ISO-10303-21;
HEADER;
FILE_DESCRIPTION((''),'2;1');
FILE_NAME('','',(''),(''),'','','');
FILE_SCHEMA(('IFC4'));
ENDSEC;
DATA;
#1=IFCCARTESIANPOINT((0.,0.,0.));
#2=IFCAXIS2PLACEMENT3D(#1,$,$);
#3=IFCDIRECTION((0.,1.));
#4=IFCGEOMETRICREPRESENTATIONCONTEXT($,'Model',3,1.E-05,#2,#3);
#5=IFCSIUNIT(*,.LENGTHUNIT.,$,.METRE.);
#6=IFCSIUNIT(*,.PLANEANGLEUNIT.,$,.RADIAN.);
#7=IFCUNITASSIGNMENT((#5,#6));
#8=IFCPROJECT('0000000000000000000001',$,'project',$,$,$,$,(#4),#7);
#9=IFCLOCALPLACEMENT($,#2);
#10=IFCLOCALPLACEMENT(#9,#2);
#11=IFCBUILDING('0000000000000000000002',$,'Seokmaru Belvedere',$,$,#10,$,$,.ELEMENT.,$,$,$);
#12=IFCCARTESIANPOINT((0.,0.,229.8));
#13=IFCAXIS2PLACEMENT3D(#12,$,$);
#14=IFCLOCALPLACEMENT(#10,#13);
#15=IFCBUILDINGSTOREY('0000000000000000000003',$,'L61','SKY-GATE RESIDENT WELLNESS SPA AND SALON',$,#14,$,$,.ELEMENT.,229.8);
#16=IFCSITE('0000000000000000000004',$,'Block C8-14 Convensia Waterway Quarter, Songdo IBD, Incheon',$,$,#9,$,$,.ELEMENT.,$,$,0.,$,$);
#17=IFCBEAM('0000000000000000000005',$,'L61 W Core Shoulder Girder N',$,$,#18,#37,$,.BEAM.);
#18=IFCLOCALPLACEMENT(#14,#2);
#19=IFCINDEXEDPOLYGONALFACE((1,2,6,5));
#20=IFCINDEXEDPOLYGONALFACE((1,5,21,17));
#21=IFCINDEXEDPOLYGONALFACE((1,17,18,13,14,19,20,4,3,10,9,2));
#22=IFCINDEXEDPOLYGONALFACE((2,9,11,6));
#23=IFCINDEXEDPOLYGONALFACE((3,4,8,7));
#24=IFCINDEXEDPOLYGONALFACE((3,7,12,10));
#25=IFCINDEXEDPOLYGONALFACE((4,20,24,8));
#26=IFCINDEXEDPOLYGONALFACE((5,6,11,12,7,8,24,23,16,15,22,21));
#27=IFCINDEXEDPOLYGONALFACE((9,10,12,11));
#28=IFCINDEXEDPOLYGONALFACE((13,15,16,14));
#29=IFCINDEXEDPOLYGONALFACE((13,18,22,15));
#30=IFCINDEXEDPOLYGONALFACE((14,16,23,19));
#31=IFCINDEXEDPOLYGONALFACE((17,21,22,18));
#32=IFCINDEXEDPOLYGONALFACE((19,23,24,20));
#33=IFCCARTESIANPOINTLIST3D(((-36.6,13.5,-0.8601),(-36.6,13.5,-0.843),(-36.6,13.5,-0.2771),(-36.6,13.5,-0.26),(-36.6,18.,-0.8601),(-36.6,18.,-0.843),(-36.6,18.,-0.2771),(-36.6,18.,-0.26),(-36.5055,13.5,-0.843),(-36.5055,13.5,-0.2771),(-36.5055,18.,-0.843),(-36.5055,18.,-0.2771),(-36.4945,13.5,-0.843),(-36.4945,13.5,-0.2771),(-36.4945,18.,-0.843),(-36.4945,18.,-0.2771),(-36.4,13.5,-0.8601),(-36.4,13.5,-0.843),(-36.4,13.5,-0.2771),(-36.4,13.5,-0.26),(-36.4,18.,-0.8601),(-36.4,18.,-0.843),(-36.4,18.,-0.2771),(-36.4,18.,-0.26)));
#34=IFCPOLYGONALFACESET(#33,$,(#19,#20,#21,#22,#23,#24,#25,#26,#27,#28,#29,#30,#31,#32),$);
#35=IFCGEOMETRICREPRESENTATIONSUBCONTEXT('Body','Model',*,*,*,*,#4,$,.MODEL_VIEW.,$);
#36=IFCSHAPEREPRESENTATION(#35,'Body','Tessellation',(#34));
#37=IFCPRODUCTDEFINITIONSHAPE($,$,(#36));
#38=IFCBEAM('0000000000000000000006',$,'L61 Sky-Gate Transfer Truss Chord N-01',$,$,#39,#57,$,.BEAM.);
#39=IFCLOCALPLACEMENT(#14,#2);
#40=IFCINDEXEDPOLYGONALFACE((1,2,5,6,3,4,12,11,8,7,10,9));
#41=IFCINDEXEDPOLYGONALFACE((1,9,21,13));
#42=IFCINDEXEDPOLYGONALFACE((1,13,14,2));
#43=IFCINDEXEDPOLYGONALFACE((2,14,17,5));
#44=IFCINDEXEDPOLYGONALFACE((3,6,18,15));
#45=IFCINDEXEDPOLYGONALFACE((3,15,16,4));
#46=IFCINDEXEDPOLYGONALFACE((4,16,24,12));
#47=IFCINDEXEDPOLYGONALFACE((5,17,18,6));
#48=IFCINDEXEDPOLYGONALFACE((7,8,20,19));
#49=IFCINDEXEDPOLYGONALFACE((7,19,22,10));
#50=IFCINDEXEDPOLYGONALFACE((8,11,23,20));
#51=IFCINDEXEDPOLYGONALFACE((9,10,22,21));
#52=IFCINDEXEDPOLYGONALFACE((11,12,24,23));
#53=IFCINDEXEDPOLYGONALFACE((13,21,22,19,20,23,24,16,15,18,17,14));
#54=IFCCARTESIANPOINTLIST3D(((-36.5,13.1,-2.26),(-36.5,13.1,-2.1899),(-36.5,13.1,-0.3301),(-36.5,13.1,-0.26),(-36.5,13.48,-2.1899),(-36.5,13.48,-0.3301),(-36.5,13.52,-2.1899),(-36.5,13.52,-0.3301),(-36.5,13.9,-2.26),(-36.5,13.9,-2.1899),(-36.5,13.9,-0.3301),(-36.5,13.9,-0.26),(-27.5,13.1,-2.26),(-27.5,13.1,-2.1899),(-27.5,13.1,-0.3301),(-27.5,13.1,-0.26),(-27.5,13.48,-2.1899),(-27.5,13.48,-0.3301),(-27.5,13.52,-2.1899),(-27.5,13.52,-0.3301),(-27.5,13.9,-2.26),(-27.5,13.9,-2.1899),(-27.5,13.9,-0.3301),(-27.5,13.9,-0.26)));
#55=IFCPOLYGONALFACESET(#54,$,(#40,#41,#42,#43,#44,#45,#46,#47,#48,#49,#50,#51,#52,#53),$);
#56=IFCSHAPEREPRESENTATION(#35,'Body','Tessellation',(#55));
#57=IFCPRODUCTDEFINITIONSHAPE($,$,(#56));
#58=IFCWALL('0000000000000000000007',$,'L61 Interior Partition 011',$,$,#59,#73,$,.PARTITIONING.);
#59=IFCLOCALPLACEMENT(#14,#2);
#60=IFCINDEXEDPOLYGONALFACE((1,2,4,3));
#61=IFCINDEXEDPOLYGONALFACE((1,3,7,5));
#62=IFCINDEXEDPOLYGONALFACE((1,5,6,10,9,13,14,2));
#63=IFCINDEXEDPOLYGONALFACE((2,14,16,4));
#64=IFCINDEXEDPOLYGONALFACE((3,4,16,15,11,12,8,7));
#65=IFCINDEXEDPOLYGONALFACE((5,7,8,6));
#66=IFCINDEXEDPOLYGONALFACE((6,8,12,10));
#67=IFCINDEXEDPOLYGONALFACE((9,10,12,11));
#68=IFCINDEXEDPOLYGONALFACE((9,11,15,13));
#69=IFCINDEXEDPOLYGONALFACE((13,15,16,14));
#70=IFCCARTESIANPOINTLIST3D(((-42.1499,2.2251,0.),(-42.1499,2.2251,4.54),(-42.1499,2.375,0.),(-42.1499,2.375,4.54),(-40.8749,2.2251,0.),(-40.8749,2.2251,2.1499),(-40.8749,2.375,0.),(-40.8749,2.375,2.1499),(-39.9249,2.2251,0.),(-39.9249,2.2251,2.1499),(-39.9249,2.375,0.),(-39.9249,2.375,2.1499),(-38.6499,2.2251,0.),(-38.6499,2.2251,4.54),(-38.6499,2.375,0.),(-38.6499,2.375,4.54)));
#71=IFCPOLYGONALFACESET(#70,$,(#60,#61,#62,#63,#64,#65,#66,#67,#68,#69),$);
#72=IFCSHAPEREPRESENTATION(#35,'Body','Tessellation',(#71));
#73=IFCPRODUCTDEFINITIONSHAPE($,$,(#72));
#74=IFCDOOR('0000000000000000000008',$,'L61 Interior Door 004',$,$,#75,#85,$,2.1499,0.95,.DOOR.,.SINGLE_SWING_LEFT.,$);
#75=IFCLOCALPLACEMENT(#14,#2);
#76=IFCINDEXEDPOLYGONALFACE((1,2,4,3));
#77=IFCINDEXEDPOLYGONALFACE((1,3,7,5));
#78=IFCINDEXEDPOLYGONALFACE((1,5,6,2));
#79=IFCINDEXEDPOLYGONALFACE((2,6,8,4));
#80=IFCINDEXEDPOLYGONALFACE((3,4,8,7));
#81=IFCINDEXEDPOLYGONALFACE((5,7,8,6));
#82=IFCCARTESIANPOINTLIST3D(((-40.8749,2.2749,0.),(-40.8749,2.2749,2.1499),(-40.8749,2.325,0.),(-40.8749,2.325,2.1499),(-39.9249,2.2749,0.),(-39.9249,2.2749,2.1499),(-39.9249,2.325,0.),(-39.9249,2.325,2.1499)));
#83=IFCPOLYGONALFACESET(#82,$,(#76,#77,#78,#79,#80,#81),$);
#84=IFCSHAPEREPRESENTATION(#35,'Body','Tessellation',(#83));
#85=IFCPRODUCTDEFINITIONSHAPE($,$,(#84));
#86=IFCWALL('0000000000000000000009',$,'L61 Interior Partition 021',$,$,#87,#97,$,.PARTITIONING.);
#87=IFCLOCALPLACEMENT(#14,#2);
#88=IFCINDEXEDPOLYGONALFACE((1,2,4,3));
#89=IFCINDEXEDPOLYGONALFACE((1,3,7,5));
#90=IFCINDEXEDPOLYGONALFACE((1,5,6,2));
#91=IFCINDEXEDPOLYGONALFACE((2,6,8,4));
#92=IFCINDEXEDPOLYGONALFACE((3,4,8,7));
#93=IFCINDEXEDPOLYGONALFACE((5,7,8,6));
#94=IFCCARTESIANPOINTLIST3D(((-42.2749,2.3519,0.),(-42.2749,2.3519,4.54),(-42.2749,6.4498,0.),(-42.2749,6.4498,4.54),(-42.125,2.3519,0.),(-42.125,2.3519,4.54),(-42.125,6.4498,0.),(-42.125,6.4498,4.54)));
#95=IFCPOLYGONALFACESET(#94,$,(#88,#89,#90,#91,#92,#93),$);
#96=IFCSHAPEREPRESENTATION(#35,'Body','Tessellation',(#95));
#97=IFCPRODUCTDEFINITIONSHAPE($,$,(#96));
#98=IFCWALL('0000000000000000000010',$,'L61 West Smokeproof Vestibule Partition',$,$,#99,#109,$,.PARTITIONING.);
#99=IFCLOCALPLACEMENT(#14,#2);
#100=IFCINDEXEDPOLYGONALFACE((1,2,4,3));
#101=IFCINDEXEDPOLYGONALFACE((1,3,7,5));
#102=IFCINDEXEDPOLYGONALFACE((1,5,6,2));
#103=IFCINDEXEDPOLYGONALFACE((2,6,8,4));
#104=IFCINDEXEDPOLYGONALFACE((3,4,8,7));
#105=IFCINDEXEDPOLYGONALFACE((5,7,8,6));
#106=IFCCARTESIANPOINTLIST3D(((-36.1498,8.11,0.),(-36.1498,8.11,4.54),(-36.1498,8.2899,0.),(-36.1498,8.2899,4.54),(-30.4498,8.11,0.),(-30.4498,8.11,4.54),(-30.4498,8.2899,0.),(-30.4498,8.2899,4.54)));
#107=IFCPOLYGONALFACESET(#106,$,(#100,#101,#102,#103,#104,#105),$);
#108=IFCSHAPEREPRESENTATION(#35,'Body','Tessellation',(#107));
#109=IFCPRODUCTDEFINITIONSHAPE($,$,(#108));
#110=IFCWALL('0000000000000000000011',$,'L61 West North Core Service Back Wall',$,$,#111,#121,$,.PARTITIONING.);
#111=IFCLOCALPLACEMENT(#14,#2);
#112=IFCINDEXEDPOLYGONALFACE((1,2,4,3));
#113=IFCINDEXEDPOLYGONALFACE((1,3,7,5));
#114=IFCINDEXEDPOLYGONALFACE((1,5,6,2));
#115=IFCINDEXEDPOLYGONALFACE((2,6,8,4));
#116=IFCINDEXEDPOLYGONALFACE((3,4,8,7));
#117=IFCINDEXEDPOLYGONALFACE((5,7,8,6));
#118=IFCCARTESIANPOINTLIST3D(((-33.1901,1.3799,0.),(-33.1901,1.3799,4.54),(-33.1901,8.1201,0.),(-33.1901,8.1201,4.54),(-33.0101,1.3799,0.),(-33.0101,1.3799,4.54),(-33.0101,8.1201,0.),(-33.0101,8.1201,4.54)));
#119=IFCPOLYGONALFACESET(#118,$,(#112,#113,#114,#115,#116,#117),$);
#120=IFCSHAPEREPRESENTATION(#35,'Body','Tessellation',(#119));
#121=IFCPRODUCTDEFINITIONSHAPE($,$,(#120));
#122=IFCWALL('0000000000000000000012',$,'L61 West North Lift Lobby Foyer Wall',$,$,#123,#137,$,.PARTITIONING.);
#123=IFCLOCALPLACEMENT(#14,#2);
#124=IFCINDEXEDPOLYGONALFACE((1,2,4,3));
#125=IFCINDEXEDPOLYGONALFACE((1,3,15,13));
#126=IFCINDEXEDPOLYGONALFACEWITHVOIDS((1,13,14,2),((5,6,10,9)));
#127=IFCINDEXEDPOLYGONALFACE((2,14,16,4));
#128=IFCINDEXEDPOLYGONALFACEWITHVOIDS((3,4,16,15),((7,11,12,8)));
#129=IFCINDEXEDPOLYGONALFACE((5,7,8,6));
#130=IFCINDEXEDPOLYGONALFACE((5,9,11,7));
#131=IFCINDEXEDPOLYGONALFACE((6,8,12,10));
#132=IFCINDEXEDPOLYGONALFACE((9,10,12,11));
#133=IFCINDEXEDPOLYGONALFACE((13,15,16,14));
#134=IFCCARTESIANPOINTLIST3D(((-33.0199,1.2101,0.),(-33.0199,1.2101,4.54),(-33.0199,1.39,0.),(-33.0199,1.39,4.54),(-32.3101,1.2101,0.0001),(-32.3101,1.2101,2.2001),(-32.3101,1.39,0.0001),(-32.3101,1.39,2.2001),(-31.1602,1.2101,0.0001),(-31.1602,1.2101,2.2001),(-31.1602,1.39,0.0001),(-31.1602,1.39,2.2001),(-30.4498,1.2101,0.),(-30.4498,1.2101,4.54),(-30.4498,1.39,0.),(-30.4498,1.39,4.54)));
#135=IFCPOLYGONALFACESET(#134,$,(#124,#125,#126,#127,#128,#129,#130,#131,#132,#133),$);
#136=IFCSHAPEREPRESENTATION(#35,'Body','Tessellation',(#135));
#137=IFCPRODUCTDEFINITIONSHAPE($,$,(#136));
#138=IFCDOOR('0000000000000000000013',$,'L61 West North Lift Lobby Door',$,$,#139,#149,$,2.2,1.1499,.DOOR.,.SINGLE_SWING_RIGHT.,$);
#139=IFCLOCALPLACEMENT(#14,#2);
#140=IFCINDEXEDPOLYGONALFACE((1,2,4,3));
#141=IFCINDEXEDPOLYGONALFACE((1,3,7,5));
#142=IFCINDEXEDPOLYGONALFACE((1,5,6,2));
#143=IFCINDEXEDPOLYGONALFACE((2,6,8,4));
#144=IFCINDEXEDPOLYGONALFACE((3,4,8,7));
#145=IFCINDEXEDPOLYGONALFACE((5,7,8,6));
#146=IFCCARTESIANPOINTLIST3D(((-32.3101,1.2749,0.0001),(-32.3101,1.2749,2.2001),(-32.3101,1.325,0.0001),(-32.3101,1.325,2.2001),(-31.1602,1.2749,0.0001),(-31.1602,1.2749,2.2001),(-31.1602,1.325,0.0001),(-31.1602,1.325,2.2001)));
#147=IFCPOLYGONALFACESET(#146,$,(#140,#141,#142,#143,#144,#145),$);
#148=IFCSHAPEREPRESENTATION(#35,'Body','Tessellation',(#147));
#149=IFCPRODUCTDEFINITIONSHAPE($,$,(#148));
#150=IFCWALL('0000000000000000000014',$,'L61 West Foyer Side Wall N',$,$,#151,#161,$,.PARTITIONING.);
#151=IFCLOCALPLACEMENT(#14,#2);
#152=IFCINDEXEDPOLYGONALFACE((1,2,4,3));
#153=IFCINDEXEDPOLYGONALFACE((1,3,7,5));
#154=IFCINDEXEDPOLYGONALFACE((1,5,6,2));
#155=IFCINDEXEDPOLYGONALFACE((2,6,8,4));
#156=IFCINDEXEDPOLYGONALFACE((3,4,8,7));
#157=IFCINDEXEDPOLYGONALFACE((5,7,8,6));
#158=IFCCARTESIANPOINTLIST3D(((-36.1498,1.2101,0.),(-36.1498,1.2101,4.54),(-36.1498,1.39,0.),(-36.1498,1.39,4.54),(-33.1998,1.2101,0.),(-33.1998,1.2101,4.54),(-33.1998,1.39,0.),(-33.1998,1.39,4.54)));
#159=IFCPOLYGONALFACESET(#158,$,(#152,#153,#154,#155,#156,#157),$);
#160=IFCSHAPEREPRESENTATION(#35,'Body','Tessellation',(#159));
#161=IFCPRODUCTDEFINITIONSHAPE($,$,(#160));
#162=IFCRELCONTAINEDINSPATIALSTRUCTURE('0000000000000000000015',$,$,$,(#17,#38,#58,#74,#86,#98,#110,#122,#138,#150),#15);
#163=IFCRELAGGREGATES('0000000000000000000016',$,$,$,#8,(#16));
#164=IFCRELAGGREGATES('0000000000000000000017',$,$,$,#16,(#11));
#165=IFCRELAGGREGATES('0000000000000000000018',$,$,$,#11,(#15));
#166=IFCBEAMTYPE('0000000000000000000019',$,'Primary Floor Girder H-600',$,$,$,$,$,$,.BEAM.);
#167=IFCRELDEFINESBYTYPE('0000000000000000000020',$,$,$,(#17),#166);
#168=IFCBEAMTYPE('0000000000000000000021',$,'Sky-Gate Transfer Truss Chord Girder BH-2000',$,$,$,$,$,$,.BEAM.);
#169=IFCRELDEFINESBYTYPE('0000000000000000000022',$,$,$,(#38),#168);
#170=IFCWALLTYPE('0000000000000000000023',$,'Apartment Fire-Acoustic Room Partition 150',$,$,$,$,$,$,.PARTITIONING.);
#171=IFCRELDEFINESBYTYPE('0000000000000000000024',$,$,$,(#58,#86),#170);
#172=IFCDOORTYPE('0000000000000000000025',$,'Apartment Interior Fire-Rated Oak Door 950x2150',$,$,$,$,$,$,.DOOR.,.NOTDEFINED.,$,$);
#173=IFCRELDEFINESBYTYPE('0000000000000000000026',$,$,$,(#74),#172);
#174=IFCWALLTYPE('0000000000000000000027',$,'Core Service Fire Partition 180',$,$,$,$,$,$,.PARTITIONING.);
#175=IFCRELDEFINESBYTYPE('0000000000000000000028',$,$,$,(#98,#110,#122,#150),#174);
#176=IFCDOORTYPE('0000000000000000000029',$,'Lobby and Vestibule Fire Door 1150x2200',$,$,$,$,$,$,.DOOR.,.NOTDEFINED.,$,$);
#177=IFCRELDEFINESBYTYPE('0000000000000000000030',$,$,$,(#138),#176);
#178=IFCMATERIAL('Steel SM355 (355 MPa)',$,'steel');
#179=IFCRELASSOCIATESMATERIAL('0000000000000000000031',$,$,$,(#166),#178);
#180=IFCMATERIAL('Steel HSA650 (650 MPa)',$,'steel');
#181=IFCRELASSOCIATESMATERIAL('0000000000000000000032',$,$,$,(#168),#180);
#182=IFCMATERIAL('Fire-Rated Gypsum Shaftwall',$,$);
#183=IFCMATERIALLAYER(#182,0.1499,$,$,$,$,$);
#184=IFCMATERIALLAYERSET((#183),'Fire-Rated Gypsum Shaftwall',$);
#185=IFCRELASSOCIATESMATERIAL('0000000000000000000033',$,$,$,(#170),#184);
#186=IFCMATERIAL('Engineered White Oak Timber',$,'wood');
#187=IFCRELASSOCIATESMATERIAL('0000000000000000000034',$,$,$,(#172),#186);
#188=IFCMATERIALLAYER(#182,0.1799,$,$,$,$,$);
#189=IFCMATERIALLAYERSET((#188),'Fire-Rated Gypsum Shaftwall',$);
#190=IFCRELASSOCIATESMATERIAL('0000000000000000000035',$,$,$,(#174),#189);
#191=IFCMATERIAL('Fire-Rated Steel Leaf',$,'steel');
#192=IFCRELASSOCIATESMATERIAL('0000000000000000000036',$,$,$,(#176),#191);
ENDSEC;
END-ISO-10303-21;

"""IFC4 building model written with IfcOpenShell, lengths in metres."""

from ifc_helpers import new_model, si_unit, direction, frame, frame_2d, origin, origin_2d, place, context, subcontext, project, spatial, rectangle, i_section, extrude, source, transform, mapped, material, layer, layer_set, material_profile, profile_set, type_object, type_shapes, element, fill, save


model = new_model("IFC4")

# Units and contexts
model_context = context("Model", 3, precision=1e-05, world=origin(), true_north=direction((0.0, 1.0)))
body_context = subcontext(model_context, "Body", "Model", "MODEL_VIEW")
ifc_project = project(units=[si_unit("LENGTHUNIT", "METRE"), si_unit("PLANEANGLEUNIT", "RADIAN")], contexts=[model_context])

# Site, building, storey
site_placement = place(None, origin())
site = spatial("IfcSite", under=ifc_project, at=site_placement, Name="Block C8-14 Convensia Waterway Quarter, Songdo IBD, Incheon", CompositionType="ELEMENT", RefElevation=0.0)
building_placement = place(site_placement, origin())
building = spatial("IfcBuilding", under=site, at=building_placement, Name="Seokmaru Belvedere", CompositionType="ELEMENT")
storey_placement = place(building_placement, frame((0.0, 0.0, 229.8)))
storey = spatial("IfcBuildingStorey", under=building, at=storey_placement, Name="L61", Description="SKY-GATE RESIDENT WELLNESS SPA AND SALON", CompositionType="ELEMENT", Elevation=229.8)

# Shared definitions
ifc_material_1 = material(Name="Steel SM355 (355 MPa)", Category="steel")

# Beams
ifc_material_profile_1 = material_profile(ifc_material_1, i_section(OverallWidth=0.2, OverallDepth=0.6001, WebThickness=0.011, FlangeThickness=0.0171, at=origin_2d()), Name="H-600x200x11x17")
ifc_profile_set_1 = profile_set([ifc_material_profile_1], Name="Steel SM355 (355 MPa)")
beam_type_1 = type_object("IfcBeamType", Name="Primary Floor Girder H-600", PredefinedType="BEAM", material=ifc_profile_set_1)
shared_shape_1 = source(origin(), body_context, "Body", "SweptSolid", [
    extrude(i_section(OverallWidth=0.2, OverallDepth=0.6001, WebThickness=0.011, FlangeThickness=0.0171, at=origin_2d()), origin(), (0.0, 0.0, 1.0), 4.5),
])
beam_1_placement = place(storey_placement, frame((-36.5, 13.5, -0.5601), z_axis=(0.0, 1.0, 0.0), x_axis=(-1.0, 0.0, 0.0)))
element("IfcBeam", 1, at=beam_1_placement, inside=storey, type_object=beam_type_1, Name="L61 W Core Shoulder Girder N", PredefinedType="BEAM", context=body_context, shape_type="MappedRepresentation", body=[
    mapped(shared_shape_1, transform((0.0, 0.0, 0.0), scale=1.0)),
])
ifc_material_2 = material(Name="Steel HSA650 (650 MPa)", Category="steel")
ifc_material_profile_2 = material_profile(ifc_material_2, i_section(OverallWidth=0.8, OverallDepth=2.0, WebThickness=0.04, FlangeThickness=0.0701, at=origin_2d()), Name="BH-2000x800x40x70")
ifc_profile_set_2 = profile_set([ifc_material_profile_2], Name="Steel HSA650 (650 MPa)")
beam_type_2 = type_object("IfcBeamType", Name="Sky-Gate Transfer Truss Chord Girder BH-2000", PredefinedType="BEAM", material=ifc_profile_set_2)
shared_shape_2 = source(origin(), body_context, "Body", "SweptSolid", [
    extrude(i_section(OverallWidth=0.8, OverallDepth=2.0, WebThickness=0.04, FlangeThickness=0.0701, at=origin_2d()), origin(), (0.0, 0.0, 1.0), 9.0),
])
type_shapes(beam_type_2, [shared_shape_2])
beam_2_placement = place(storey_placement, frame((-36.5, 13.5, -1.26), z_axis=(1.0, 0.0, 0.0), x_axis=(0.0, 1.0, 0.0)))
element("IfcBeam", 2, at=beam_2_placement, inside=storey, type_object=beam_type_2, Name="L61 Sky-Gate Transfer Truss Chord N-01", PredefinedType="BEAM", context=body_context, shape_type="MappedRepresentation", body=[
    mapped(shared_shape_2, transform((0.0, 0.0, 0.0), scale=1.0)),
])

# Wall, opening, door
ifc_material_3 = material(Name="Fire-Rated Gypsum Shaftwall")
ifc_layer_1 = layer(ifc_material_3, 0.1499)
ifc_layer_set_1 = layer_set([ifc_layer_1], Name="Fire-Rated Gypsum Shaftwall")
wall_type_1 = type_object("IfcWallType", Name="Apartment Fire-Acoustic Room Partition 150", PredefinedType="PARTITIONING", material=ifc_layer_set_1)
wall_1_placement = place(storey_placement, frame((-42.1499, 2.3, 0.0), z_axis=(0.0, 0.0, 1.0), x_axis=(1.0, 0.0, 0.0)))
wall_1 = element("IfcWall", 3, at=wall_1_placement, inside=storey, type_object=wall_type_1, Name="L61 Interior Partition 011", PredefinedType="PARTITIONING", context=body_context, shape_type="SweptSolid", body=[
    extrude(rectangle(XDim=3.5, YDim=0.1499, at=frame_2d((1.75, 0.0))), origin(), (0.0, 0.0, 1.0), 4.54),
])
opening_1_placement = place(wall_1_placement, frame((1.2749, 0.0, 0.0)))
opening_1 = element("IfcOpeningElement", 4, at=opening_1_placement, cuts=wall_1, PredefinedType="OPENING", context=body_context, shape_type="SweptSolid", body=[
    extrude(rectangle(XDim=0.95, YDim=2.1499, at=frame_2d((0.4751, 1.075))), frame((0.0, 0.085, 0.0), z_axis=(0.0, -1.0, 0.0), x_axis=(1.0, 0.0, 0.0)), (0.0, 0.0, 1.0), 0.1699),
])
ifc_material_4 = material(Name="Engineered White Oak Timber", Category="wood")
door_type_1 = type_object("IfcDoorType", Name="Apartment Interior Fire-Rated Oak Door 950x2150", OperationType="NOTDEFINED", PredefinedType="DOOR", material=ifc_material_4)
shared_shape_3 = source(origin(), body_context, "Body", "SweptSolid", [
    extrude(rectangle(XDim=0.95, YDim=2.1499, at=frame_2d((0.4751, 1.075))), frame((0.0, 0.0249, 0.0), z_axis=(0.0, -1.0, 0.0), x_axis=(1.0, 0.0, 0.0)), (0.0, 0.0, 1.0), 0.05),
])
type_shapes(door_type_1, [shared_shape_3])
door_1_placement = place(opening_1_placement, origin())
door_1 = element("IfcDoor", 5, at=door_1_placement, inside=storey, type_object=door_type_1, Name="L61 Interior Door 004", OperationType="SINGLE_SWING_LEFT", OverallHeight=2.1499, OverallWidth=0.95, PredefinedType="DOOR", context=body_context, shape_type="MappedRepresentation", body=[
    mapped(shared_shape_3, transform((0.0, 0.0, 0.0), scale=1.0)),
])
fill(opening_1, door_1)

# Walls
wall_2_placement = place(storey_placement, frame((-42.2, 2.3521, 0.0), z_axis=(0.0, 0.0, 1.0), x_axis=(0.0, 1.0, 0.0)))
element("IfcWall", 6, at=wall_2_placement, inside=storey, type_object=wall_type_1, Name="L61 Interior Partition 021", PredefinedType="PARTITIONING", context=body_context, shape_type="SweptSolid", body=[
    extrude(rectangle(XDim=4.0979, YDim=0.1499, at=frame_2d((2.0488, 0.0))), origin(), (0.0, 0.0, 1.0), 4.54),
])
ifc_layer_2 = layer(ifc_material_3, 0.1799)
ifc_layer_set_2 = layer_set([ifc_layer_2], Name="Fire-Rated Gypsum Shaftwall")
wall_type_2 = type_object("IfcWallType", Name="Core Service Fire Partition 180", PredefinedType="PARTITIONING", material=ifc_layer_set_2)
wall_3_placement = place(storey_placement, frame((-36.1499, 8.2, 0.0), z_axis=(0.0, 0.0, 1.0), x_axis=(1.0, 0.0, 0.0)))
element("IfcWall", 7, at=wall_3_placement, inside=storey, type_object=wall_type_2, Name="L61 West Smokeproof Vestibule Partition", PredefinedType="PARTITIONING", context=body_context, shape_type="SweptSolid", body=[
    extrude(rectangle(XDim=5.7, YDim=0.1799, at=frame_2d((2.8501, 0.0))), origin(), (0.0, 0.0, 1.0), 4.54),
])
wall_4_placement = place(storey_placement, frame((-33.1001, 1.3799, 0.0), z_axis=(0.0, 0.0, 1.0), x_axis=(0.0, 1.0, 0.0)))
element("IfcWall", 8, at=wall_4_placement, inside=storey, type_object=wall_type_2, Name="L61 West North Core Service Back Wall", PredefinedType="PARTITIONING", context=body_context, shape_type="SweptSolid", body=[
    extrude(rectangle(XDim=6.7402, YDim=0.1799, at=frame_2d((3.3701, 0.0))), origin(), (0.0, 0.0, 1.0), 4.54),
])

# Wall, opening, door
wall_5_placement = place(storey_placement, frame((-33.02, 1.3, 0.0), z_axis=(0.0, 0.0, 1.0), x_axis=(1.0, 0.0, 0.0)))
wall_5 = element("IfcWall", 9, at=wall_5_placement, inside=storey, type_object=wall_type_2, Name="L61 West North Lift Lobby Foyer Wall", PredefinedType="PARTITIONING", context=body_context, shape_type="SweptSolid", body=[
    extrude(rectangle(XDim=2.5701, YDim=0.1799, at=frame_2d((1.2852, 0.0))), origin(), (0.0, 0.0, 1.0), 4.54),
])
opening_2_placement = place(wall_5_placement, frame((0.71, 0.0, 0.0)))
opening_2 = element("IfcOpeningElement", 10, at=opening_2_placement, cuts=wall_5, PredefinedType="OPENING", context=body_context, shape_type="SweptSolid", body=[
    extrude(rectangle(XDim=1.1499, YDim=2.2, at=frame_2d((0.575, 1.1001))), frame((0.0, 0.1001, 0.0), z_axis=(0.0, -1.0, 0.0), x_axis=(1.0, 0.0, 0.0)), (0.0, 0.0, 1.0), 0.2),
])
ifc_material_5 = material(Name="Fire-Rated Steel Leaf", Category="steel")
door_type_2 = type_object("IfcDoorType", Name="Lobby and Vestibule Fire Door 1150x2200", OperationType="NOTDEFINED", PredefinedType="DOOR", material=ifc_material_5)
shared_shape_4 = source(origin(), body_context, "Body", "SweptSolid", [
    extrude(rectangle(XDim=1.1499, YDim=2.2, at=frame_2d((0.575, 1.1001))), frame((0.0, 0.0249, 0.0), z_axis=(0.0, -1.0, 0.0), x_axis=(1.0, 0.0, 0.0)), (0.0, 0.0, 1.0), 0.05),
])
type_shapes(door_type_2, [shared_shape_4])
door_2_placement = place(opening_2_placement, origin())
door_2 = element("IfcDoor", 11, at=door_2_placement, inside=storey, type_object=door_type_2, Name="L61 West North Lift Lobby Door", OperationType="SINGLE_SWING_RIGHT", OverallHeight=2.2, OverallWidth=1.1499, PredefinedType="DOOR", context=body_context, shape_type="MappedRepresentation", body=[
    mapped(shared_shape_4, transform((0.0, 0.0, 0.0), scale=1.0)),
])
fill(opening_2, door_2)

# Wall
wall_6_placement = place(storey_placement, frame((-36.1499, 1.3, 0.0), z_axis=(0.0, 0.0, 1.0), x_axis=(1.0, 0.0, 0.0)))
element("IfcWall", 12, at=wall_6_placement, inside=storey, type_object=wall_type_2, Name="L61 West Foyer Side Wall N", PredefinedType="PARTITIONING", context=body_context, shape_type="SweptSolid", body=[
    extrude(rectangle(XDim=2.95, YDim=0.1799, at=frame_2d((1.4751, 0.0))), origin(), (0.0, 0.0, 1.0), 4.54),
])

save(model, "model.ifc")
